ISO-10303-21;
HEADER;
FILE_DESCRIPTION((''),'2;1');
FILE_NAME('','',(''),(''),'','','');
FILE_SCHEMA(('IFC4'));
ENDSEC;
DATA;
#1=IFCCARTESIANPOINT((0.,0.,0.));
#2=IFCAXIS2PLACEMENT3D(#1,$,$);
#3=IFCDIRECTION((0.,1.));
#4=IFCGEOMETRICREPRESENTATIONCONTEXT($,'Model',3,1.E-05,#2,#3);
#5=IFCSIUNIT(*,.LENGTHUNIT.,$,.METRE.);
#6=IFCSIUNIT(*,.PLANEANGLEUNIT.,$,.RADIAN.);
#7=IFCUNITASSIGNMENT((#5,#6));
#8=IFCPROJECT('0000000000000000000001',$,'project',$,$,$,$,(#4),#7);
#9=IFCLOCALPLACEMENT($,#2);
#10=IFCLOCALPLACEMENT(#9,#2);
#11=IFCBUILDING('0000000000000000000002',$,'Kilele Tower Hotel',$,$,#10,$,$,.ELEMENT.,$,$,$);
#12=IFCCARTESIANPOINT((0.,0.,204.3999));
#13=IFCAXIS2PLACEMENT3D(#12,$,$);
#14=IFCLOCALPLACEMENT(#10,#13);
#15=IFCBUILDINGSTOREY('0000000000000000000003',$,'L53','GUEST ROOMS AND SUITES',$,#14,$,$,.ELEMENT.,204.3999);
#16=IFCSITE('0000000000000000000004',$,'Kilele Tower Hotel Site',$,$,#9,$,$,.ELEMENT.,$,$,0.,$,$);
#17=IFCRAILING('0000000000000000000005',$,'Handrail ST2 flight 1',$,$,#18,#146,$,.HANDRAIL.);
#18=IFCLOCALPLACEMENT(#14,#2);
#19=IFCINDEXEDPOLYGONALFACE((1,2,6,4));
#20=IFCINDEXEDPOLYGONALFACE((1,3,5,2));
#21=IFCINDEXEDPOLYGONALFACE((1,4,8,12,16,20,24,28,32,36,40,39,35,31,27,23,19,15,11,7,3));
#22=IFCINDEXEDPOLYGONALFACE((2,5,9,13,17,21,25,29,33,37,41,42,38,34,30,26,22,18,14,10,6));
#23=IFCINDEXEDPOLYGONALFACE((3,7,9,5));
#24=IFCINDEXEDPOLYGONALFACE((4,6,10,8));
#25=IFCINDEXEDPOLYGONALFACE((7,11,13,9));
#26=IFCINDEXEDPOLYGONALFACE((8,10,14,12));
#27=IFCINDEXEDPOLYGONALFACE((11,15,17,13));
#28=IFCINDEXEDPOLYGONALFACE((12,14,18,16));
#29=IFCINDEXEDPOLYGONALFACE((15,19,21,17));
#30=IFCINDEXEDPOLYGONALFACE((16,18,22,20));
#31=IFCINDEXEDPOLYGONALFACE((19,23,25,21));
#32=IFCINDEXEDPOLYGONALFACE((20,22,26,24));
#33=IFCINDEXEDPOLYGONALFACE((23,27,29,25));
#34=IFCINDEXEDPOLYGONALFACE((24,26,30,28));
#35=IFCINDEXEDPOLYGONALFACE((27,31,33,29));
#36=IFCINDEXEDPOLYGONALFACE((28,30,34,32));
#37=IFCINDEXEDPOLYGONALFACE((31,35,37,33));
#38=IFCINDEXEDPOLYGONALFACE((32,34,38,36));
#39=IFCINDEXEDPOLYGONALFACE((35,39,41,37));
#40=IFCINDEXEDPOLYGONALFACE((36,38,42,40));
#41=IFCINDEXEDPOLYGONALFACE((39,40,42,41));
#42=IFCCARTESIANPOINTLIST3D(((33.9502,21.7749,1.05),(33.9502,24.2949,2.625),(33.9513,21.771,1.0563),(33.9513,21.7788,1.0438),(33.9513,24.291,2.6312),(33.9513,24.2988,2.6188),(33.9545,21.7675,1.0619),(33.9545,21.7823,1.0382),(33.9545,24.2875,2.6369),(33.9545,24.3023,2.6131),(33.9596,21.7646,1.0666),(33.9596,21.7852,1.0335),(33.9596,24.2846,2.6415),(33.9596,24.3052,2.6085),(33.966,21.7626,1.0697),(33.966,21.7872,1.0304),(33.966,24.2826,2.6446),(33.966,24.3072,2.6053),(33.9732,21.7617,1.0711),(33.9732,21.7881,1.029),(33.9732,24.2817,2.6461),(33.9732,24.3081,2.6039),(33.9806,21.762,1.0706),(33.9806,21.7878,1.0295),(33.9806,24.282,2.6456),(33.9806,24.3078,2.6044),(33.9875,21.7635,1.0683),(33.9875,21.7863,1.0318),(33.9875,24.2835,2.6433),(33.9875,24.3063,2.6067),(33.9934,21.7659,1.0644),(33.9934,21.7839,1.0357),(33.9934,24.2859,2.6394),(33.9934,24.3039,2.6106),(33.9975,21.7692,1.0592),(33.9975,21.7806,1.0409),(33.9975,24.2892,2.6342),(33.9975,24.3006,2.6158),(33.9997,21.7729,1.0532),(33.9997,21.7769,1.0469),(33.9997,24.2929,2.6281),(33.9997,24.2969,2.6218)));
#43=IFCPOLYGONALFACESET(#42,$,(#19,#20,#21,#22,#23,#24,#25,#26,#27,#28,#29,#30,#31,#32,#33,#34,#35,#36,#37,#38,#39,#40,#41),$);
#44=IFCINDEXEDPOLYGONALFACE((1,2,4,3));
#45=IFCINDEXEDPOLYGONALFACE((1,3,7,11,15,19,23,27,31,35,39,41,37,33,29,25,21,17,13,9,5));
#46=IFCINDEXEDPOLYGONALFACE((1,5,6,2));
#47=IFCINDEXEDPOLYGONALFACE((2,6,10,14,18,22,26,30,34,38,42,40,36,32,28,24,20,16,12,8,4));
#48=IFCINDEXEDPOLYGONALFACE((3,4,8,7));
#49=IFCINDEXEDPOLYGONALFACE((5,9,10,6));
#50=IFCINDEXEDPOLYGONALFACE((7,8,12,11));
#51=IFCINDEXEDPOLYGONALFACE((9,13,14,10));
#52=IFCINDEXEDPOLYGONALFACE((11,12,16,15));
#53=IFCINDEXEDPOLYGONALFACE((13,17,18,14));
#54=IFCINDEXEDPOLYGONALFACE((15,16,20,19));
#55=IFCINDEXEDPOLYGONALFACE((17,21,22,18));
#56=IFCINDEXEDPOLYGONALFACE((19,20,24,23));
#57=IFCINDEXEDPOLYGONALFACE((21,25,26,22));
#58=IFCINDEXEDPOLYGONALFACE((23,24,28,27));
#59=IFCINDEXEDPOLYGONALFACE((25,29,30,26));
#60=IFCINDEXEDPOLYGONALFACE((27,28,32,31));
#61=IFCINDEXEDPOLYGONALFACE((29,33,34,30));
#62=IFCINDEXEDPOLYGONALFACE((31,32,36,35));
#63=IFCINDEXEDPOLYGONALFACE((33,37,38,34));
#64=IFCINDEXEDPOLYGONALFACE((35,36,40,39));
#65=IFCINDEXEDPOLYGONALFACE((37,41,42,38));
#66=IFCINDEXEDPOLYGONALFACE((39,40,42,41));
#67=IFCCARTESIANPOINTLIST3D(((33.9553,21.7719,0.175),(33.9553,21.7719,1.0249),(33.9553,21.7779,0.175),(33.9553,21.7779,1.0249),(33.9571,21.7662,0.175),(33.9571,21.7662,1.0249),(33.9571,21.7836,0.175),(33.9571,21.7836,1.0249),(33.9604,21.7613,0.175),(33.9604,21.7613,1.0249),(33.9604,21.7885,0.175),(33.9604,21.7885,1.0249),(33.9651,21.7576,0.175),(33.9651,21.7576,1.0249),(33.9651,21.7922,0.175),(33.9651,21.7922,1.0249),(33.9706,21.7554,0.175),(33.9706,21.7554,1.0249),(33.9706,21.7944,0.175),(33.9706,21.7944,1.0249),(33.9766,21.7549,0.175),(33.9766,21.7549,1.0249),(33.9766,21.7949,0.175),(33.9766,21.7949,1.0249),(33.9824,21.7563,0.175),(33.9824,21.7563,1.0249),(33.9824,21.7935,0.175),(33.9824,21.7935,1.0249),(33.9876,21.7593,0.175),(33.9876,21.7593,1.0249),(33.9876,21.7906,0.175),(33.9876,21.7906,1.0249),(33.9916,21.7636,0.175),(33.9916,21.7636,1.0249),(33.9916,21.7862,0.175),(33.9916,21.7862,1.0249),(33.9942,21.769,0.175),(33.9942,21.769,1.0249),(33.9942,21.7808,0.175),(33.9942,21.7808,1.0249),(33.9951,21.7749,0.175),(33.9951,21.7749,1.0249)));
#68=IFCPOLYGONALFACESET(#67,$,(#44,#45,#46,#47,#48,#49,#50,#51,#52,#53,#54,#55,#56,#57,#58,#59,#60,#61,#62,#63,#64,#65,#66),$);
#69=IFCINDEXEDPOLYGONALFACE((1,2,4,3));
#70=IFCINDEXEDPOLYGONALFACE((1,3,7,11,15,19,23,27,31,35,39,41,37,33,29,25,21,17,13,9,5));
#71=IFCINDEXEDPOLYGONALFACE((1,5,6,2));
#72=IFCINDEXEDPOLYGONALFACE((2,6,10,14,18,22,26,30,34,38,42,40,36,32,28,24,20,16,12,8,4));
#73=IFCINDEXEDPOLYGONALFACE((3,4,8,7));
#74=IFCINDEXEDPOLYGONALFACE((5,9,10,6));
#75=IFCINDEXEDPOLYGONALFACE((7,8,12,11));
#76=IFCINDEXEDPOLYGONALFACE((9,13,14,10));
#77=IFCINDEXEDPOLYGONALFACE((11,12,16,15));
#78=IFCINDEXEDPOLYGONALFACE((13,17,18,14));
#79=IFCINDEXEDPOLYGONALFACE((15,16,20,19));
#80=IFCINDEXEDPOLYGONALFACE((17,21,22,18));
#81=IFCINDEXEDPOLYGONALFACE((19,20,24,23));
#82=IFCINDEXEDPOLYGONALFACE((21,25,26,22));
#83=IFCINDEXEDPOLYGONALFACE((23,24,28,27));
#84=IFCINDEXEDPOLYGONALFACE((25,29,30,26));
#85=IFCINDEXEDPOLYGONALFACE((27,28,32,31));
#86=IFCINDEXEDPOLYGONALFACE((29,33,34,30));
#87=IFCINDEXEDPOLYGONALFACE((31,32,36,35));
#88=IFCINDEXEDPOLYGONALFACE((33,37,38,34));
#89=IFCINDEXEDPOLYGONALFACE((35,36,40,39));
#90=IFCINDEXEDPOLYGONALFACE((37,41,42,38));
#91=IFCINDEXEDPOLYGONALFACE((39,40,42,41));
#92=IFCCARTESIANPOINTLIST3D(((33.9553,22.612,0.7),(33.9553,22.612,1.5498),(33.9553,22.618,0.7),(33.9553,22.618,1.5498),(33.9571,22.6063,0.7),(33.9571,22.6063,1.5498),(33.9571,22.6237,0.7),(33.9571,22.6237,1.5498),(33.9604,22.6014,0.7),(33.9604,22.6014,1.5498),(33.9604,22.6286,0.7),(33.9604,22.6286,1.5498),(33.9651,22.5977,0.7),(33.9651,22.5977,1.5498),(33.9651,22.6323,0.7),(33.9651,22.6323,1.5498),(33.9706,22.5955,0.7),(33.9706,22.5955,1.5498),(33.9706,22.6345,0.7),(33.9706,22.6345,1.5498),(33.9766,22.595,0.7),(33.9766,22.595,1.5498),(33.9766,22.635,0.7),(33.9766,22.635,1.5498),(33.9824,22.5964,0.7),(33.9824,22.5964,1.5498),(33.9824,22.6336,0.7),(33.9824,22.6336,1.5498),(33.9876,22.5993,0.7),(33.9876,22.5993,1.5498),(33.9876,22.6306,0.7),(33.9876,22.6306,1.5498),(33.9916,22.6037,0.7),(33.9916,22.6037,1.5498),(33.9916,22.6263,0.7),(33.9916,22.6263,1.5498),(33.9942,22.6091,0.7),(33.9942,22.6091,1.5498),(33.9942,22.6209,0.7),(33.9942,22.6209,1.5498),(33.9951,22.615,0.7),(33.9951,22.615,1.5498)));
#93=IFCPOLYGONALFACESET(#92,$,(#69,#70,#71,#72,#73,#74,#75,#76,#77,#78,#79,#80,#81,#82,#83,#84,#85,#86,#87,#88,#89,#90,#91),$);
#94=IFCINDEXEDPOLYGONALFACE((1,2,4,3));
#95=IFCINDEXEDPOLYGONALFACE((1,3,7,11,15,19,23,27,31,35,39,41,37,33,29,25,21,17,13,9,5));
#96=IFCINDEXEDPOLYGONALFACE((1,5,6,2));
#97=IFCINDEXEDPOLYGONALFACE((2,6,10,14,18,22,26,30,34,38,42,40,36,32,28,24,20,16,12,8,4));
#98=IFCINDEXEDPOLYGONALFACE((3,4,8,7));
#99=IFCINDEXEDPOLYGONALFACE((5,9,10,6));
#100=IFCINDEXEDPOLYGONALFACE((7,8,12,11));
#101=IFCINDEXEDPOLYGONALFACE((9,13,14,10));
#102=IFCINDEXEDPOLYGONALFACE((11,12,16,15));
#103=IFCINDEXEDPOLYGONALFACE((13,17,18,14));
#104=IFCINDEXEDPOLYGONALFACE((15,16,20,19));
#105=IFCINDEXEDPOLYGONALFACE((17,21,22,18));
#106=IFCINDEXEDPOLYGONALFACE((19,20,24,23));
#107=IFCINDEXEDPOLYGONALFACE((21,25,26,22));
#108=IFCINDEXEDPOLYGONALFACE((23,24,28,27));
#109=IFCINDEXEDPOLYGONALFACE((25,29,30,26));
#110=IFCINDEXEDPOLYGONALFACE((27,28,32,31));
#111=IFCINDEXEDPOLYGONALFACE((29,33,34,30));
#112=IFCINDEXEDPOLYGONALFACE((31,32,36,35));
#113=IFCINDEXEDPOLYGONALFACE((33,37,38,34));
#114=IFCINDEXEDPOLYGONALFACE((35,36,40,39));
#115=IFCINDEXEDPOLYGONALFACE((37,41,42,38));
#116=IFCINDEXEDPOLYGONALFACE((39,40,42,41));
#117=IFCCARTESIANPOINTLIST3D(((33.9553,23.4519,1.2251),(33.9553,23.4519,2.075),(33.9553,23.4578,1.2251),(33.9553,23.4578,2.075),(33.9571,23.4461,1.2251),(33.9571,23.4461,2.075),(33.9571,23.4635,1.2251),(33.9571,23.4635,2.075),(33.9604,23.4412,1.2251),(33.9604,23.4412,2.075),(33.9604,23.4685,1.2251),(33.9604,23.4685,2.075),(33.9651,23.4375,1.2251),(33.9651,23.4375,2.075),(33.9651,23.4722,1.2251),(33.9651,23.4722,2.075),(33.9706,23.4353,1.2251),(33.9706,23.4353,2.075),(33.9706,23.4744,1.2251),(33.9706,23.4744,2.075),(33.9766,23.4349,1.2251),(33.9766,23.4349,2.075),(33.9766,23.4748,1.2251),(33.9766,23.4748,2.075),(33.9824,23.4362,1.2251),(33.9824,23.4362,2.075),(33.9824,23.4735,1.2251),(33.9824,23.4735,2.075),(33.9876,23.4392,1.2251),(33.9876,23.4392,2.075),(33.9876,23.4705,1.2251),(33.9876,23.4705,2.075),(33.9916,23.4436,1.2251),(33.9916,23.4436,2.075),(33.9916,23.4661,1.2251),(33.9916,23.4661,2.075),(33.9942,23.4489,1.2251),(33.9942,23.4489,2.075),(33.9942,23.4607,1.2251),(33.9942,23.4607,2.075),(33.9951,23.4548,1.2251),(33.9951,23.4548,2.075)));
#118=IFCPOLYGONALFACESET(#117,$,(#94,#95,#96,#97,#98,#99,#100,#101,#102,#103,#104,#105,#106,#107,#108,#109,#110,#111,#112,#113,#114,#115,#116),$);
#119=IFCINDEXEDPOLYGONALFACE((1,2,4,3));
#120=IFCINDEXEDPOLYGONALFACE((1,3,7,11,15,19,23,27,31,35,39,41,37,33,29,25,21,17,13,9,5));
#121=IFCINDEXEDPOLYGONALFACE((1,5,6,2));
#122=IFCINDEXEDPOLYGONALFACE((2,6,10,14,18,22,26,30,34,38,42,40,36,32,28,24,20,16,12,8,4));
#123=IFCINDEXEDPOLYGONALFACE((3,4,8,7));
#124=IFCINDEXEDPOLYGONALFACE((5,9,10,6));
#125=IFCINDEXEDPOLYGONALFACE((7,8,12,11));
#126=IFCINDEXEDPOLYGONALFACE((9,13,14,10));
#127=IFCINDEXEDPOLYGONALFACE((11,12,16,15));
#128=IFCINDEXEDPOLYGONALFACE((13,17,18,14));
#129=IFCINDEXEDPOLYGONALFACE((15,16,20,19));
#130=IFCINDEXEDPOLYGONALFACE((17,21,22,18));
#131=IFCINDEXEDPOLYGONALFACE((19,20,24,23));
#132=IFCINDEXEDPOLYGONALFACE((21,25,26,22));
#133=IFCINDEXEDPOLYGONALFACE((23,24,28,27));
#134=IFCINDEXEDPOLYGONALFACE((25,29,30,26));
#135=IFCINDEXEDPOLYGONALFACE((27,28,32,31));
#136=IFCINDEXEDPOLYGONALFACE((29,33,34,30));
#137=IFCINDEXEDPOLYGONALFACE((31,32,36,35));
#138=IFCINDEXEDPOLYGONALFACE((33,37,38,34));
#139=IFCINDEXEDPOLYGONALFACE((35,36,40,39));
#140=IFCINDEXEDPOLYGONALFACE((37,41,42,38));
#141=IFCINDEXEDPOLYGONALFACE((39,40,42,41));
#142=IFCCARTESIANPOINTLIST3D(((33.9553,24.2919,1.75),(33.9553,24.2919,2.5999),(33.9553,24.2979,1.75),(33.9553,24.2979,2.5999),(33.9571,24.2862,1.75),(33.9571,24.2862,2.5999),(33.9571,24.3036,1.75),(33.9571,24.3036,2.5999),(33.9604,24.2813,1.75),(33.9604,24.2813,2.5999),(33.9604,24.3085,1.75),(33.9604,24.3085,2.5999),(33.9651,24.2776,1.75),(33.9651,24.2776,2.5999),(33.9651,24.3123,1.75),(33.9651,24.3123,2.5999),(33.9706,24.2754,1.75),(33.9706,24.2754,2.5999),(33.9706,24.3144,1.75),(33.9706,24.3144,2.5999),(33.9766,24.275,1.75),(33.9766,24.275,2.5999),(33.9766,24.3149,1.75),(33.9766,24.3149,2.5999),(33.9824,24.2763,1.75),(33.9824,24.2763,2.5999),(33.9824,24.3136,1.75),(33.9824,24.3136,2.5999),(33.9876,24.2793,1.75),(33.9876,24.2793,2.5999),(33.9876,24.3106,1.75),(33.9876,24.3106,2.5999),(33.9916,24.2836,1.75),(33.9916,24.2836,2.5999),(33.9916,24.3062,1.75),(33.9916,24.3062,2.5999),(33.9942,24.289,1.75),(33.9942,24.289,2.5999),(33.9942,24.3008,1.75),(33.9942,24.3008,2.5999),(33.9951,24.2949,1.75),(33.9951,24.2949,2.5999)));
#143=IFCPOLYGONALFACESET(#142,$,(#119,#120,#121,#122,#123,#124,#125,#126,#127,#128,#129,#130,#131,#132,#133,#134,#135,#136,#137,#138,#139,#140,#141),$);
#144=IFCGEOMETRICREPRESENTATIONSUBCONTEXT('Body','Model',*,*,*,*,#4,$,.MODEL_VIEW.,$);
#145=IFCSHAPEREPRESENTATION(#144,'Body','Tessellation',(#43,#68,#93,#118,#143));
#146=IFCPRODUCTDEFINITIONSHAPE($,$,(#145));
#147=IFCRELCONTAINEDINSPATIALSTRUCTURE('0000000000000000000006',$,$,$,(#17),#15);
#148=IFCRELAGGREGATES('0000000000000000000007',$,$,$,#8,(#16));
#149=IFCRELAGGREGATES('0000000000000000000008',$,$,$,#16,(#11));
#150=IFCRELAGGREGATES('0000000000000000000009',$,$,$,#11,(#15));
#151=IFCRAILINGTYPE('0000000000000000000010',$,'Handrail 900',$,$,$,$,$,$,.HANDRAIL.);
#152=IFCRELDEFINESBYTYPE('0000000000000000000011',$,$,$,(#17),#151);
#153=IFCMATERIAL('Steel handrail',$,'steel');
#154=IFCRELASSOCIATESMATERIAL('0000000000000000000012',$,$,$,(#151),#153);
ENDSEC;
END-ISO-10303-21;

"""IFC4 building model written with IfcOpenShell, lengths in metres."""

from ifc_helpers import new_model, si_unit, direction, frame, origin, origin_2d, place, context, subcontext, project, spatial, circle, extrude, material, type_object, element, save


model = new_model("IFC4")

# Units and contexts
model_context = context("Model", 3, precision=1e-05, world=origin(), true_north=direction((0.0, 1.0)))
body_context = subcontext(model_context, "Body", "Model", "MODEL_VIEW")
ifc_project = project(units=[si_unit("LENGTHUNIT", "METRE"), si_unit("PLANEANGLEUNIT", "RADIAN")], contexts=[model_context])

# Site, building, storey
site_placement = place(None, origin())
site = spatial("IfcSite", under=ifc_project, at=site_placement, Name="Kilele Tower Hotel Site", CompositionType="ELEMENT", RefElevation=0.0)
building_placement = place(site_placement, origin())
building = spatial("IfcBuilding", under=site, at=building_placement, Name="Kilele Tower Hotel", CompositionType="ELEMENT")
storey_placement = place(building_placement, frame((0.0, 0.0, 204.3999)))
storey = spatial("IfcBuildingStorey", under=building, at=storey_placement, Name="L53", Description="GUEST ROOMS AND SUITES", CompositionType="ELEMENT", Elevation=204.3999)

# Railing
ifc_material_1 = material(Name="Steel handrail", Category="steel")
railing_type_1 = type_object("IfcRailingType", Name="Handrail 900", PredefinedType="HANDRAIL", material=ifc_material_1)
for number, where, name in (
    (1, (33.9751, 21.7749, 0.175), "Handrail ST2 flight 1"),
):
    element("IfcRailing", number, at=place(storey_placement, frame(where)), inside=storey, type_object=railing_type_1, Name=name, PredefinedType="HANDRAIL", context=body_context, shape_type="SweptSolid", body=[
        extrude(circle(Radius=0.0249, at=origin_2d()), frame((0.0, 0.0, 0.875), z_axis=(0.0, 0.848008, 0.529984), x_axis=(-1.0, 0.0, 0.0)), (0.0, 0.0, 1.0), 2.9717),
        extrude(circle(Radius=0.02, at=origin_2d()), origin(), (0.0, 0.0, 1.0), 0.8499),
        extrude(circle(Radius=0.02, at=origin_2d()), frame((0.0, 0.8401, 0.5249)), (0.0, 0.0, 1.0), 0.8499),
        extrude(circle(Radius=0.02, at=origin_2d()), frame((0.0, 1.6799, 1.05)), (0.0, 0.0, 1.0), 0.8499),
        extrude(circle(Radius=0.02, at=origin_2d()), frame((0.0, 2.52, 1.575)), (0.0, 0.0, 1.0), 0.8499),
    ])

save(model, "model.ifc")
